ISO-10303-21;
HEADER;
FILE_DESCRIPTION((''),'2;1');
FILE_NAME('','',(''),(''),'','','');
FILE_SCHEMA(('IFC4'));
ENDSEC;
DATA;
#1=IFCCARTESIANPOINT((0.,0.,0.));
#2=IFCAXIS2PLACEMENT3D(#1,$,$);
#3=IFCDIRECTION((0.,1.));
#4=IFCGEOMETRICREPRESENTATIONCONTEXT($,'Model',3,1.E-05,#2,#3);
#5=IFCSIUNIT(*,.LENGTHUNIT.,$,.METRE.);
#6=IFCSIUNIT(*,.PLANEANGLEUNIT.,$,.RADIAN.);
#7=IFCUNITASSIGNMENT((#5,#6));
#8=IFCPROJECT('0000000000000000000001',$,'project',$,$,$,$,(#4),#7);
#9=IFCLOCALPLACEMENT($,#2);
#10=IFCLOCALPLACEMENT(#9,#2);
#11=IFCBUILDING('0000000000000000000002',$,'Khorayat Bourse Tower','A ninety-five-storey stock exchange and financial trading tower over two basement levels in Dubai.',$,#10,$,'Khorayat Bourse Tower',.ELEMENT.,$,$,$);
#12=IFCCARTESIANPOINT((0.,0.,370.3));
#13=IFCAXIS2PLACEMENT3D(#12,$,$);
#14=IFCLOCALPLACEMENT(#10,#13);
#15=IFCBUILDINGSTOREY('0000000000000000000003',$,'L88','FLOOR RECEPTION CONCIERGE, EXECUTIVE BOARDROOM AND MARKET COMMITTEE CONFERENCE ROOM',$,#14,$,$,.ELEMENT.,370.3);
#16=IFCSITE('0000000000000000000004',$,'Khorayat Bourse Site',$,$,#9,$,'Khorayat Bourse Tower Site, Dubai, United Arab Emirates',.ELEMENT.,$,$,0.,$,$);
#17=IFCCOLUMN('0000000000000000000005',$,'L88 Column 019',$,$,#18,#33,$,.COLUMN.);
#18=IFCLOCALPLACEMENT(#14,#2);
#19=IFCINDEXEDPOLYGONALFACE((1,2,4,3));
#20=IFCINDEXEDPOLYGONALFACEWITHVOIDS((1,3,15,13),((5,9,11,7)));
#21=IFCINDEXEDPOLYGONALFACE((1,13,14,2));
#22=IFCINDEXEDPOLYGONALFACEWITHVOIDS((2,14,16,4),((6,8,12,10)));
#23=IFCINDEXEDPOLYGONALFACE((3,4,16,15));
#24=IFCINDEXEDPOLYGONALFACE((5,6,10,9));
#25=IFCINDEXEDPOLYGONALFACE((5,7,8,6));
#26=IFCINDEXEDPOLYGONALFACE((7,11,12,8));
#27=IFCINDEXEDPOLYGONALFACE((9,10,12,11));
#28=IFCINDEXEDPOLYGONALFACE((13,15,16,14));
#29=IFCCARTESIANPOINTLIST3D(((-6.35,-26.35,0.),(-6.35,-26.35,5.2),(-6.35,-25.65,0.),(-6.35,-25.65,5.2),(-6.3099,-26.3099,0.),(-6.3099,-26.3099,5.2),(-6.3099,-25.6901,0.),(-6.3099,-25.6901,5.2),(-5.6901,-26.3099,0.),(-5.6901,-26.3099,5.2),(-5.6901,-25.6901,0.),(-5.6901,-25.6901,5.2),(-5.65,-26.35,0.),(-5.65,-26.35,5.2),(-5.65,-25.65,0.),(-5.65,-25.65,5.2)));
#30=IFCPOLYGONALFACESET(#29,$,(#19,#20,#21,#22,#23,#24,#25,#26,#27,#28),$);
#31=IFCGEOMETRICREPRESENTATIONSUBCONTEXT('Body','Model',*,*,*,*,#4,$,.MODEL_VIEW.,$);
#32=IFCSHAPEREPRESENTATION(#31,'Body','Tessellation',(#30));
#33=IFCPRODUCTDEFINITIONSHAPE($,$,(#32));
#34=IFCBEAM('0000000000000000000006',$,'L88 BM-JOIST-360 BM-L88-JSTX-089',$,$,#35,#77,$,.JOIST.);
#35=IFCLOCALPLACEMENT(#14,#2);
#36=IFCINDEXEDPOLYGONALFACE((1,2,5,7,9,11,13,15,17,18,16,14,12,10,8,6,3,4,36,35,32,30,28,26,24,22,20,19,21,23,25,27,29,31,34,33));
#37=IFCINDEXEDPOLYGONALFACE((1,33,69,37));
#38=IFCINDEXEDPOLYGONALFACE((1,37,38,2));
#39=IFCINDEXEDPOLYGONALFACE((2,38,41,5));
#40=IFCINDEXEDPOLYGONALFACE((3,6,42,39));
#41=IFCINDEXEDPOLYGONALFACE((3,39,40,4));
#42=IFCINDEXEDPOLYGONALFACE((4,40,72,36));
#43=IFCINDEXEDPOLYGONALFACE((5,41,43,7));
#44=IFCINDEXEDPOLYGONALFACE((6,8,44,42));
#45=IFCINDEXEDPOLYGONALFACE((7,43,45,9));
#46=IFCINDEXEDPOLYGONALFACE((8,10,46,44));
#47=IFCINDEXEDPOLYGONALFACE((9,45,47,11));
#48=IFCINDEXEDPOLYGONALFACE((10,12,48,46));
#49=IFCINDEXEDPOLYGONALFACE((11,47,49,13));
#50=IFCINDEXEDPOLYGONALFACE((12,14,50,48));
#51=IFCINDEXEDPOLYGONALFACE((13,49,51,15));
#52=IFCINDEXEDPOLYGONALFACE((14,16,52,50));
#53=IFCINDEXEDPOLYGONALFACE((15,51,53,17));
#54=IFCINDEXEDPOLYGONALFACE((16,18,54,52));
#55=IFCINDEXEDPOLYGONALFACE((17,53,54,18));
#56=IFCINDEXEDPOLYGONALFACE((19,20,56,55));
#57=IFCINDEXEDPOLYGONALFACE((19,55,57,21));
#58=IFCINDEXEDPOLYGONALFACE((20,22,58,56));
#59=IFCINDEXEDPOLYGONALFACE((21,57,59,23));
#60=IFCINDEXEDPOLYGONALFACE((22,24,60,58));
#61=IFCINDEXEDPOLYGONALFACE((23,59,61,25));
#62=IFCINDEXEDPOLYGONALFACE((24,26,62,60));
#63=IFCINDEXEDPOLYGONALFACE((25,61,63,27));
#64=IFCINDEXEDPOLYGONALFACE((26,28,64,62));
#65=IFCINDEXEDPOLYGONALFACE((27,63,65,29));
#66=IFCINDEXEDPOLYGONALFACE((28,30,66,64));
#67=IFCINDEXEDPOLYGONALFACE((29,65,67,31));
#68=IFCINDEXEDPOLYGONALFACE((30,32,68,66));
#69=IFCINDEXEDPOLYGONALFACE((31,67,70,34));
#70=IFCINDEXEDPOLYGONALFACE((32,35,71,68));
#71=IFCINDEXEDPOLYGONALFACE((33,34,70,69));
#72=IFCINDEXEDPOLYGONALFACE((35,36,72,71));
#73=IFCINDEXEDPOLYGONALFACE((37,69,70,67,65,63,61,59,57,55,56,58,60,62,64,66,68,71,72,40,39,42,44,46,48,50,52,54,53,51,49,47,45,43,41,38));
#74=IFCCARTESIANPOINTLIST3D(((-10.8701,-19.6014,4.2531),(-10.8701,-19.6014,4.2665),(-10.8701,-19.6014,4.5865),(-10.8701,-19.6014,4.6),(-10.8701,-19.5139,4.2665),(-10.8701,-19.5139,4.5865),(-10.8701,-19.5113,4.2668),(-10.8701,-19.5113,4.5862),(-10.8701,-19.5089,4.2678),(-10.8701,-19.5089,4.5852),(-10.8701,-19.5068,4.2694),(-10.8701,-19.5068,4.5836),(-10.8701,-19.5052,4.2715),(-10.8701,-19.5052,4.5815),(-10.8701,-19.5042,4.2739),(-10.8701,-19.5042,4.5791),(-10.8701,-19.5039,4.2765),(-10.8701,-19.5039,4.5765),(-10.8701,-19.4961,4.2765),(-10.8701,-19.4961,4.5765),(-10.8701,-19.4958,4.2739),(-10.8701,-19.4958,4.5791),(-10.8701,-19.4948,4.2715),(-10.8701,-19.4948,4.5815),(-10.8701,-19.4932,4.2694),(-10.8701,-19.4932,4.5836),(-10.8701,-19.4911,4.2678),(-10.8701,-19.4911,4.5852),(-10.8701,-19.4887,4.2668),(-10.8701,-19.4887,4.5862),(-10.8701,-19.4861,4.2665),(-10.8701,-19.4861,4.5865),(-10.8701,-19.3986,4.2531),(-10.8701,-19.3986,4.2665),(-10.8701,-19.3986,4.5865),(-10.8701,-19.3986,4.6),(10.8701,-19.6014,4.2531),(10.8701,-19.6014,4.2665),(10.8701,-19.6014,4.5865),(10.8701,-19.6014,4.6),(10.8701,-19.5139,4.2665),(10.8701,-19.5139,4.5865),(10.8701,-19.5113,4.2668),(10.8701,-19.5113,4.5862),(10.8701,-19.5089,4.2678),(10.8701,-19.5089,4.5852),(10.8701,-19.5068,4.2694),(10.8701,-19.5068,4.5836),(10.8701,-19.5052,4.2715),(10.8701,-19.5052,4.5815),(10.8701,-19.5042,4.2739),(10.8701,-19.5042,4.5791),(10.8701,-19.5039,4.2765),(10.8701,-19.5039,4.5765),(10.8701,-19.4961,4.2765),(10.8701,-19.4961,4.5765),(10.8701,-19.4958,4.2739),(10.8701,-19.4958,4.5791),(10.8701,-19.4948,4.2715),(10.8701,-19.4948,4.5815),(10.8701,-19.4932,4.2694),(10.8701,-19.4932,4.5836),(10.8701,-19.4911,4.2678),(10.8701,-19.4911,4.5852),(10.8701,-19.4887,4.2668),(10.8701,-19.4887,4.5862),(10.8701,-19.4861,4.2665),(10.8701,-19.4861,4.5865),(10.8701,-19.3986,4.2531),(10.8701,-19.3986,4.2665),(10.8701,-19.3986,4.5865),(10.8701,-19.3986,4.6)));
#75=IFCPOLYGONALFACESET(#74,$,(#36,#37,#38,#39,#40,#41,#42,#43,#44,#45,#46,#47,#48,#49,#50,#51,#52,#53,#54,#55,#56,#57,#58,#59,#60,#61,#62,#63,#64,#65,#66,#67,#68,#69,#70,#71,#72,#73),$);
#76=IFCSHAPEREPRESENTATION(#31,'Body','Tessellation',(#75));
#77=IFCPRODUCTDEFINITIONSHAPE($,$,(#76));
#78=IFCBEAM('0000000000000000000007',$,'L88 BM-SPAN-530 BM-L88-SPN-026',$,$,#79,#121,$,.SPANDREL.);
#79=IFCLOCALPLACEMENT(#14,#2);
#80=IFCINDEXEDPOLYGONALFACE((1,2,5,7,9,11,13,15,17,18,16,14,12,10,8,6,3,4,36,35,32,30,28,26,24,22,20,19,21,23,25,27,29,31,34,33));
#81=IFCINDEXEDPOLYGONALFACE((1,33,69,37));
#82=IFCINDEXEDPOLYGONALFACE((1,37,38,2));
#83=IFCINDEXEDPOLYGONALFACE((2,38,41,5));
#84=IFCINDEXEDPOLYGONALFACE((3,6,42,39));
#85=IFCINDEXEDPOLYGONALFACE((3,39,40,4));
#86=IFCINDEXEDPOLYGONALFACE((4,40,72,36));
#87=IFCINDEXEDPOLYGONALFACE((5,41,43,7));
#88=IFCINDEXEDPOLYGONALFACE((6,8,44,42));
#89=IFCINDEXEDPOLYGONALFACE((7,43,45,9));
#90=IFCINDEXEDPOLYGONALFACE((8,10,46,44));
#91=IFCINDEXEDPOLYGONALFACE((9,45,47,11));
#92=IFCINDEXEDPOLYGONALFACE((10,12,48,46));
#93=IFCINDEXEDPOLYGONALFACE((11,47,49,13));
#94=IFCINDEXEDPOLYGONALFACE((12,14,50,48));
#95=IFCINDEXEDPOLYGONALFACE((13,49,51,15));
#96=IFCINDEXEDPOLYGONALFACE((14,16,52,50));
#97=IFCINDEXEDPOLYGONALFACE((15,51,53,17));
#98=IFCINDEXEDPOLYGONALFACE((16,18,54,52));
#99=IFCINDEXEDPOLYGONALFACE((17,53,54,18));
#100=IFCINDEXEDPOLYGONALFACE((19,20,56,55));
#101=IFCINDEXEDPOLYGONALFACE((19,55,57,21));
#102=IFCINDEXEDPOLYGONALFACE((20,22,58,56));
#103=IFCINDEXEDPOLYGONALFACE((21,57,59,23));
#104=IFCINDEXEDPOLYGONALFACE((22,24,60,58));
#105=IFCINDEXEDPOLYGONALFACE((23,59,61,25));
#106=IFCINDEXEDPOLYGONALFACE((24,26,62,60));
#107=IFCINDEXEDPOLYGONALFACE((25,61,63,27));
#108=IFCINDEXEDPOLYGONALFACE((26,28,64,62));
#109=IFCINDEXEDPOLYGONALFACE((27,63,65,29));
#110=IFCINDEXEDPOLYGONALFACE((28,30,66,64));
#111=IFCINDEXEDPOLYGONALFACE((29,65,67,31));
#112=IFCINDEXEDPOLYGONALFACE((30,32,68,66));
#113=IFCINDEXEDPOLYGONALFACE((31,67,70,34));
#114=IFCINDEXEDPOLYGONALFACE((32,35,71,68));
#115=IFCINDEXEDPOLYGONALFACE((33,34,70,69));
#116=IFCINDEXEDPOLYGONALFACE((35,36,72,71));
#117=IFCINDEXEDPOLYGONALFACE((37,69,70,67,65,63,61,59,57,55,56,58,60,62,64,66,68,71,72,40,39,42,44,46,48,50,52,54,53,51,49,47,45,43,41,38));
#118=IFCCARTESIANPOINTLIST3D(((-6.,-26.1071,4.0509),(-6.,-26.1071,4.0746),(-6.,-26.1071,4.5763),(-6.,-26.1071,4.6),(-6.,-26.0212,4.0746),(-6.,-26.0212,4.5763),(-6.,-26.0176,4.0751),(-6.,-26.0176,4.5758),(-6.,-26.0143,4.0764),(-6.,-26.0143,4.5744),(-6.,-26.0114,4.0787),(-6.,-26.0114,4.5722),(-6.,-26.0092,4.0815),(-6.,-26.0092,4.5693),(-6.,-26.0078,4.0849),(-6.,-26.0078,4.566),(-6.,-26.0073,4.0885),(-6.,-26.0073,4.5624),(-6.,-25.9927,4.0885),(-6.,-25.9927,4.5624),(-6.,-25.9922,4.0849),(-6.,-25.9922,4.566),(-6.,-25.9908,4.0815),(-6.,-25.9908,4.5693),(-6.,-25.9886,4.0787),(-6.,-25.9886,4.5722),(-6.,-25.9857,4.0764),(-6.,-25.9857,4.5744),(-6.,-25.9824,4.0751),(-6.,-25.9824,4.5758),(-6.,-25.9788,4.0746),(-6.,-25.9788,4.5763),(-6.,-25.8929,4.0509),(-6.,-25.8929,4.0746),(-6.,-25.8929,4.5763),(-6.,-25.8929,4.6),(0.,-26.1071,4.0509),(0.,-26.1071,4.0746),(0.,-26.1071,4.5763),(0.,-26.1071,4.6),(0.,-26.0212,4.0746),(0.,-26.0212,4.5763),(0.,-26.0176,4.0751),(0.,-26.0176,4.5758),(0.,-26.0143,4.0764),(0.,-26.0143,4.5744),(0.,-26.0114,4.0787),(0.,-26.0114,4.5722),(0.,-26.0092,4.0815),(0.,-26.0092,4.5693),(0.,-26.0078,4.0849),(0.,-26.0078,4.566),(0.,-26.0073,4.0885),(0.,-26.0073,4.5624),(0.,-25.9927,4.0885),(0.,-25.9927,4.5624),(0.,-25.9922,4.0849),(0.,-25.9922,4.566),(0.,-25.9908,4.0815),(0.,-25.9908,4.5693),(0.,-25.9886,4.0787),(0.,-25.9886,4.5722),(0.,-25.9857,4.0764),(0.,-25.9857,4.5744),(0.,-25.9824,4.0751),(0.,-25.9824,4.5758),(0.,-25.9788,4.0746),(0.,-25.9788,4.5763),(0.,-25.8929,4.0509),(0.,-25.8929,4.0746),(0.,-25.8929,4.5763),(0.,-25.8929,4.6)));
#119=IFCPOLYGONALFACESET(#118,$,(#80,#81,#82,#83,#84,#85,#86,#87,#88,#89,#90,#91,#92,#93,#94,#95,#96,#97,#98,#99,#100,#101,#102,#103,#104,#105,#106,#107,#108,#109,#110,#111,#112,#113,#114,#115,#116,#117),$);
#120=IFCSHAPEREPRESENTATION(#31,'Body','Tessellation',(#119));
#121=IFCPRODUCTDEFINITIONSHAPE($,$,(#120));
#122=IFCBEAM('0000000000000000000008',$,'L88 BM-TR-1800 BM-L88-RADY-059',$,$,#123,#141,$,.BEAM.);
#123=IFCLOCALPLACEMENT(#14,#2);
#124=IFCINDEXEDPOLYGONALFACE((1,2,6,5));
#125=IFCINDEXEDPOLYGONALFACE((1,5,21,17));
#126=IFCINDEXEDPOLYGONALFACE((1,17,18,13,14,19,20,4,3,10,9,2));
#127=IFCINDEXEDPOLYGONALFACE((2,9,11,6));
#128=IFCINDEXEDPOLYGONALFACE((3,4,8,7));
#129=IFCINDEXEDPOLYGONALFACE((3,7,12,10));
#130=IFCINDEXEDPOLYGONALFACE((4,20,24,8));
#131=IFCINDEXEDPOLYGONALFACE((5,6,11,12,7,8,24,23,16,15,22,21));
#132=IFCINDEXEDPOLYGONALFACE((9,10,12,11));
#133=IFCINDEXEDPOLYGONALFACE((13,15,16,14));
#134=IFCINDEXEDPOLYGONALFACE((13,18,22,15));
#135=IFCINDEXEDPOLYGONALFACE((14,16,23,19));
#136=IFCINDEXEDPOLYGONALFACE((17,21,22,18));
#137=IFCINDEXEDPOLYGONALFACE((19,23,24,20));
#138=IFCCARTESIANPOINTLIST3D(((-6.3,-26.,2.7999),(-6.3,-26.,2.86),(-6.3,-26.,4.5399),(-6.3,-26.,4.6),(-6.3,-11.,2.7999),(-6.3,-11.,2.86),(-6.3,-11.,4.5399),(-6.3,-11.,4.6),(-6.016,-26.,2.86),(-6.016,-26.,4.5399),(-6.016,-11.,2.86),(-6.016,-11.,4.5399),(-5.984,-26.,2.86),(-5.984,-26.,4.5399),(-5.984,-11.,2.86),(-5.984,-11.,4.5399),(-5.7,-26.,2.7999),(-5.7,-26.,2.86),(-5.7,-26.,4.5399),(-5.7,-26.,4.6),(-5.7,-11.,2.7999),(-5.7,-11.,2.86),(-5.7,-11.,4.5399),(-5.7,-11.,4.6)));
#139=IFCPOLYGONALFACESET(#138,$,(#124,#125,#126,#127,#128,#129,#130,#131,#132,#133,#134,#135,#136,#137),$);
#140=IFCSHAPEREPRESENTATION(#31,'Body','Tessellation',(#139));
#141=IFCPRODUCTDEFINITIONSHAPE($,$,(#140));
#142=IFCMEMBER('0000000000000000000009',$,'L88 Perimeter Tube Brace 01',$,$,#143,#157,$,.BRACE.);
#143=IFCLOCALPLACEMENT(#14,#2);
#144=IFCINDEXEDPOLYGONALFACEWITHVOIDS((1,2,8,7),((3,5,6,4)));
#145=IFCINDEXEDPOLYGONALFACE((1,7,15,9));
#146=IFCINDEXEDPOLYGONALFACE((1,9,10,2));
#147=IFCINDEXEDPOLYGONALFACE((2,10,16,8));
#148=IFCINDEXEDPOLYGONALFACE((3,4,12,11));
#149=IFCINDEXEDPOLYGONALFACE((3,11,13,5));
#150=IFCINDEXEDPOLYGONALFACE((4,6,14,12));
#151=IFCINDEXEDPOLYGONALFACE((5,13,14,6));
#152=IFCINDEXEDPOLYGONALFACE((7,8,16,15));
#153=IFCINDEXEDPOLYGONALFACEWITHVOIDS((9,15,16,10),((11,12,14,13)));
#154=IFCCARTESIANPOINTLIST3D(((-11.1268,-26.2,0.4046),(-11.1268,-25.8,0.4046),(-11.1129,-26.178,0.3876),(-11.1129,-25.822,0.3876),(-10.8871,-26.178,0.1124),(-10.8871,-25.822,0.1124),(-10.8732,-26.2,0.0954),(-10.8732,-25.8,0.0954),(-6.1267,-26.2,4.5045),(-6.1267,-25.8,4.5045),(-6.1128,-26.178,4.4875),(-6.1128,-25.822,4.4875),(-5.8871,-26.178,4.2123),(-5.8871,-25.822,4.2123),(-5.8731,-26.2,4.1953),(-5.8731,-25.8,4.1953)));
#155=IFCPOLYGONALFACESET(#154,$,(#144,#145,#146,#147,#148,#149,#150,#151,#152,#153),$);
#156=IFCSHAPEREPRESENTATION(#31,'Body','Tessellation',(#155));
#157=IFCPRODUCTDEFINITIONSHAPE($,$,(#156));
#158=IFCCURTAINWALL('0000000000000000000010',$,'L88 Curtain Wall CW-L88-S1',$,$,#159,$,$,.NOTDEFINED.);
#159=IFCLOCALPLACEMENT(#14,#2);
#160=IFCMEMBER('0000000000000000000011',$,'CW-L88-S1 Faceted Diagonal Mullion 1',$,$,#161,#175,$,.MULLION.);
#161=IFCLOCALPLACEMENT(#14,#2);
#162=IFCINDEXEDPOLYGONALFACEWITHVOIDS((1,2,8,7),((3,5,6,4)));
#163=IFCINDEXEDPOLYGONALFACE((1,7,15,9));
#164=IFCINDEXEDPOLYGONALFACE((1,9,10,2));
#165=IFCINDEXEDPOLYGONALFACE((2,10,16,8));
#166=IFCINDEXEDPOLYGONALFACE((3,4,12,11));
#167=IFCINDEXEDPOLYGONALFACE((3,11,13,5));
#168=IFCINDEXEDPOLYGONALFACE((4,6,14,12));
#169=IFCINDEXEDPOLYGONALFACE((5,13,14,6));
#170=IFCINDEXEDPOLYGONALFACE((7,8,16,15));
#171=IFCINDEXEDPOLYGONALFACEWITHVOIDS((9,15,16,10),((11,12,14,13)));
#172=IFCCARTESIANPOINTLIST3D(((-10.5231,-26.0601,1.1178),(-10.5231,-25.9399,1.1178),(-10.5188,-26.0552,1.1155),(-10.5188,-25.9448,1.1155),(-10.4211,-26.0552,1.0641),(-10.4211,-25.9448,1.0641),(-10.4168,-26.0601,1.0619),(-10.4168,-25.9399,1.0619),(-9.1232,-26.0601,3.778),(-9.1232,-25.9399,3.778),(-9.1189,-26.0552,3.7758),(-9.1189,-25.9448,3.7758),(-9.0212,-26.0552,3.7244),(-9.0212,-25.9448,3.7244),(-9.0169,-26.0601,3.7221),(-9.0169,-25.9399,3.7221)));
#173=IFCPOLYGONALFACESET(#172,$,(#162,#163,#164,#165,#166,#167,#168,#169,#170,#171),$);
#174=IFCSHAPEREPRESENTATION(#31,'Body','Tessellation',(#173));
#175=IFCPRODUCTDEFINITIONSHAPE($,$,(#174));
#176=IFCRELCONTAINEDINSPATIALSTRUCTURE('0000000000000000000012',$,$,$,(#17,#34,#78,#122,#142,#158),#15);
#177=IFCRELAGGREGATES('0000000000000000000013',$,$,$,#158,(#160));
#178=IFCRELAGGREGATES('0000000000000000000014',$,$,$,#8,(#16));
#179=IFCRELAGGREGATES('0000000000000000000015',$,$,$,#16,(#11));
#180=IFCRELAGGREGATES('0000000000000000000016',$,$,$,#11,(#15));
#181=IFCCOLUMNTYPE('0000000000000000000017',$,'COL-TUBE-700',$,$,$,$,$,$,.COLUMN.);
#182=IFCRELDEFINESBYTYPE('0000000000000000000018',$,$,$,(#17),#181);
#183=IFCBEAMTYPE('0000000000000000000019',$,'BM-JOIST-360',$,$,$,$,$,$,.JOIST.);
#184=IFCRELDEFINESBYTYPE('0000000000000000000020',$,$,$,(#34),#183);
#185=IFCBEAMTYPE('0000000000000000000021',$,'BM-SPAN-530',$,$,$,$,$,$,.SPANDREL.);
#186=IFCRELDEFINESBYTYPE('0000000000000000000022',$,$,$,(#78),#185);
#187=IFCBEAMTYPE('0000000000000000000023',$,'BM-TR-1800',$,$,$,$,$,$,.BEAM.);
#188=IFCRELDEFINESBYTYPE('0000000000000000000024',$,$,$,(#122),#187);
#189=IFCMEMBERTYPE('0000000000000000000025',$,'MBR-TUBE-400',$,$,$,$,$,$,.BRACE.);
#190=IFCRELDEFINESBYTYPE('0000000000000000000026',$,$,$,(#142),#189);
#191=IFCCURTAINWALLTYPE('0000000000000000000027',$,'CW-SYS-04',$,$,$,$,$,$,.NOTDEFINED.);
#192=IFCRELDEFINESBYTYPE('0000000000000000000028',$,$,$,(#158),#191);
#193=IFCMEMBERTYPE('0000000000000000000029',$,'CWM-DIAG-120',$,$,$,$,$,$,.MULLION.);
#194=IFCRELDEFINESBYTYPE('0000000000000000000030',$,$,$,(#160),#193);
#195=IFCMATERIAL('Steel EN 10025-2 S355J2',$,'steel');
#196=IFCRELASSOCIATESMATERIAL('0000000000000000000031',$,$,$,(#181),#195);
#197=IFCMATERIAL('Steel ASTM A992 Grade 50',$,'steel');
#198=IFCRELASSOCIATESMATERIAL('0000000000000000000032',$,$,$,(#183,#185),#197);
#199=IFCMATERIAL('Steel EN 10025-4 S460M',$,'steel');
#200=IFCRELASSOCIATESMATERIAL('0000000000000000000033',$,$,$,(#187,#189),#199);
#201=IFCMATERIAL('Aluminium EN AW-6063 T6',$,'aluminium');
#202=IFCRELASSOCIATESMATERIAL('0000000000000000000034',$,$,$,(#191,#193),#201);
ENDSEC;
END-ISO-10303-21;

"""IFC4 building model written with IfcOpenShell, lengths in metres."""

from ifc_helpers import new_model, si_unit, direction, frame, origin, origin_2d, place, context, subcontext, project, spatial, hollow_rectangle, i_section, extrude, source, transform, mapped, material, material_profile, profile_set, type_object, element, aggregate, save


model = new_model("IFC4")

# Units and contexts
model_context = context("Model", 3, precision=1e-05, world=origin(), true_north=direction((0.0, 1.0)))
body_context = subcontext(model_context, "Body", "Model", "MODEL_VIEW")
ifc_project = project(units=[si_unit("LENGTHUNIT", "METRE"), si_unit("PLANEANGLEUNIT", "RADIAN")], contexts=[model_context])

# Site, building, storey
site_placement = place(None, origin())
site = spatial("IfcSite", under=ifc_project, at=site_placement, Name="Khorayat Bourse Site", LongName="Khorayat Bourse Tower Site, Dubai, United Arab Emirates", CompositionType="ELEMENT", RefElevation=0.0)
building_placement = place(site_placement, origin())
building = spatial("IfcBuilding", under=site, at=building_placement, Name="Khorayat Bourse Tower", Description="A ninety-five-storey stock exchange and financial trading tower over two basement levels in Dubai.", LongName="Khorayat Bourse Tower", CompositionType="ELEMENT")
storey_placement = place(building_placement, frame((0.0, 0.0, 370.3)))
storey = spatial("IfcBuildingStorey", under=building, at=storey_placement, Name="L88", Description="FLOOR RECEPTION CONCIERGE, EXECUTIVE BOARDROOM AND MARKET COMMITTEE CONFERENCE ROOM", CompositionType="ELEMENT", Elevation=370.3)

# Column
ifc_material_1 = material(Name="Steel EN 10025-2 S355J2", Category="steel")
ifc_material_profile_1 = material_profile(ifc_material_1, hollow_rectangle(XDim=0.7, YDim=0.7, WallThickness=0.04, at=origin_2d()), Name="BOX 700x700x40")
ifc_profile_set_1 = profile_set([ifc_material_profile_1], Name="Steel EN 10025-2 S355J2")
column_type = type_object("IfcColumnType", Name="COL-TUBE-700", PredefinedType="COLUMN", material=ifc_profile_set_1)
shared_shape_1 = source(origin(), body_context, "Body", "SweptSolid", [
    extrude(hollow_rectangle(XDim=0.7, YDim=0.7, WallThickness=0.04, at=origin_2d()), origin(), (0.0, 0.0, 1.0), 5.2),
])
column_placement = place(storey_placement, frame((-6.0, -26.0, 0.0), z_axis=(0.0, 0.0, 1.0), x_axis=(1.0, 0.0, 0.0)))
element("IfcColumn", 1, at=column_placement, inside=storey, type_object=column_type, Name="L88 Column 019", PredefinedType="COLUMN", context=body_context, shape_type="MappedRepresentation", body=[
    mapped(shared_shape_1, transform((0.0, 0.0, 0.0), scale=1.0)),
])

# Beams
ifc_material_2 = material(Name="Steel ASTM A992 Grade 50", Category="steel")
ifc_material_profile_2 = material_profile(ifc_material_2, i_section(OverallWidth=0.2029, OverallDepth=0.3469, WebThickness=0.0078, FlangeThickness=0.0134, FilletRadius=0.01, at=origin_2d()), Name="W360X64")
ifc_profile_set_2 = profile_set([ifc_material_profile_2], Name="Steel ASTM A992 Grade 50")
beam_type_1 = type_object("IfcBeamType", Name="BM-JOIST-360", PredefinedType="JOIST", material=ifc_profile_set_2)
shared_shape_2 = source(origin(), body_context, "Body", "SweptSolid", [
    extrude(i_section(OverallWidth=0.2029, OverallDepth=0.3469, WebThickness=0.0078, FlangeThickness=0.0134, FilletRadius=0.01, at=origin_2d()), origin(), (0.0, 0.0, 1.0), 21.7402),
])
beam_1_placement = place(storey_placement, frame((-10.8701, -19.5, 4.4265), z_axis=(1.0, 0.0, 0.0), x_axis=(0.0, 1.0, 0.0)))
element("IfcBeam", 2, at=beam_1_placement, inside=storey, type_object=beam_type_1, Name="L88 BM-JOIST-360 BM-L88-JSTX-089", PredefinedType="JOIST", context=body_context, shape_type="MappedRepresentation", body=[
    mapped(shared_shape_2, transform((0.0, 0.0, 0.0), scale=1.0)),
])
ifc_material_profile_3 = material_profile(ifc_material_2, i_section(OverallWidth=0.2141, OverallDepth=0.5491, WebThickness=0.0146, FlangeThickness=0.0237, FilletRadius=0.0139, at=origin_2d()), Name="W530X138")
ifc_profile_set_3 = profile_set([ifc_material_profile_3], Name="Steel ASTM A992 Grade 50")
beam_type_2 = type_object("IfcBeamType", Name="BM-SPAN-530", PredefinedType="SPANDREL", material=ifc_profile_set_3)
shared_shape_3 = source(origin(), body_context, "Body", "SweptSolid", [
    extrude(i_section(OverallWidth=0.2141, OverallDepth=0.5491, WebThickness=0.0146, FlangeThickness=0.0237, FilletRadius=0.0139, at=origin_2d()), origin(), (0.0, 0.0, 1.0), 6.0),
])
beam_2_placement = place(storey_placement, frame((-6.0, -26.0, 4.3254), z_axis=(1.0, 0.0, 0.0), x_axis=(0.0, 1.0, 0.0)))
element("IfcBeam", 3, at=beam_2_placement, inside=storey, type_object=beam_type_2, Name="L88 BM-SPAN-530 BM-L88-SPN-026", PredefinedType="SPANDREL", context=body_context, shape_type="MappedRepresentation", body=[
    mapped(shared_shape_3, transform((0.0, 0.0, 0.0), scale=1.0)),
])
ifc_material_3 = material(Name="Steel EN 10025-4 S460M", Category="steel")
ifc_material_profile_4 = material_profile(ifc_material_3, i_section(OverallWidth=0.6001, OverallDepth=1.8, WebThickness=0.032, FlangeThickness=0.0601, at=origin_2d()), Name="PG 1800x600x32x60")
ifc_profile_set_4 = profile_set([ifc_material_profile_4], Name="Steel EN 10025-4 S460M")
beam_type_3 = type_object("IfcBeamType", Name="BM-TR-1800", PredefinedType="BEAM", material=ifc_profile_set_4)
shared_shape_4 = source(origin(), body_context, "Body", "SweptSolid", [
    extrude(i_section(OverallWidth=0.6001, OverallDepth=1.8, WebThickness=0.032, FlangeThickness=0.0601, at=origin_2d()), origin(), (0.0, 0.0, 1.0), 15.0),
])
beam_3_placement = place(storey_placement, frame((-6.0, -26.0, 3.7), z_axis=(0.0, 1.0, 0.0), x_axis=(-1.0, 0.0, 0.0)))
element("IfcBeam", 4, at=beam_3_placement, inside=storey, type_object=beam_type_3, Name="L88 BM-TR-1800 BM-L88-RADY-059", PredefinedType="BEAM", context=body_context, shape_type="MappedRepresentation", body=[
    mapped(shared_shape_4, transform((0.0, 0.0, 0.0), scale=1.0)),
])

# Member
ifc_material_profile_5 = material_profile(ifc_material_3, hollow_rectangle(XDim=0.3999, YDim=0.3999, WallThickness=0.022, at=origin_2d()), Name="HSS 400x400x22")
ifc_profile_set_5 = profile_set([ifc_material_profile_5], Name="Steel EN 10025-4 S460M")
member_type_1 = type_object("IfcMemberType", Name="MBR-TUBE-400", PredefinedType="BRACE", material=ifc_profile_set_5)
shared_shape_5 = source(origin(), body_context, "Body", "SweptSolid", [
    extrude(hollow_rectangle(XDim=0.3999, YDim=0.3999, WallThickness=0.022, at=origin_2d()), origin(), (0.0, 0.0, 1.0), 6.4661),
])
member_1_placement = place(storey_placement, frame((-11.0, -26.0, 0.25), z_axis=(0.773279, 0.0, 0.634066), x_axis=(0.0, 1.0, 0.0)))
element("IfcMember", 5, at=member_1_placement, inside=storey, type_object=member_type_1, Name="L88 Perimeter Tube Brace 01", PredefinedType="BRACE", context=body_context, shape_type="MappedRepresentation", body=[
    mapped(shared_shape_5, transform((0.0, 0.0, 0.0), scale=1.0)),
])

# Curtain wall, member
ifc_material_4 = material(Name="Aluminium EN AW-6063 T6", Category="aluminium")
curtain_wall_type = type_object("IfcCurtainWallType", Name="CW-SYS-04", PredefinedType="NOTDEFINED", material=ifc_material_4)
curtain_wall_placement = place(storey_placement, origin())
curtain_wall = element("IfcCurtainWall", 6, at=curtain_wall_placement, inside=storey, type_object=curtain_wall_type, Name="L88 Curtain Wall CW-L88-S1", PredefinedType="NOTDEFINED")
ifc_material_profile_6 = material_profile(ifc_material_4, hollow_rectangle(XDim=0.1201, YDim=0.1201, WallThickness=0.0049, at=origin_2d()), Name="ALU 120x120x5")
ifc_profile_set_6 = profile_set([ifc_material_profile_6], Name="Aluminium EN AW-6063 T6")
member_type_2 = type_object("IfcMemberType", Name="CWM-DIAG-120", PredefinedType="MULLION", material=ifc_profile_set_6)
shared_shape_6 = source(origin(), body_context, "Body", "SweptSolid", [
    extrude(hollow_rectangle(XDim=0.1201, YDim=0.1201, WallThickness=0.0049, at=origin_2d()), origin(), (0.0, 0.0, 1.0), 3.0061),
])
member_2_placement = place(storey_placement, frame((-10.47, -26.0, 1.0898), z_axis=(0.4657, 0.0, 0.884943), x_axis=(0.0, 1.0, 0.0)))
member_2 = element("IfcMember", 7, at=member_2_placement, type_object=member_type_2, Name="CW-L88-S1 Faceted Diagonal Mullion 1", PredefinedType="MULLION", context=body_context, shape_type="MappedRepresentation", body=[
    mapped(shared_shape_6, transform((0.0, 0.0, 0.0), scale=1.0)),
])

aggregate(curtain_wall, [member_2])

save(model, "model.ifc")
